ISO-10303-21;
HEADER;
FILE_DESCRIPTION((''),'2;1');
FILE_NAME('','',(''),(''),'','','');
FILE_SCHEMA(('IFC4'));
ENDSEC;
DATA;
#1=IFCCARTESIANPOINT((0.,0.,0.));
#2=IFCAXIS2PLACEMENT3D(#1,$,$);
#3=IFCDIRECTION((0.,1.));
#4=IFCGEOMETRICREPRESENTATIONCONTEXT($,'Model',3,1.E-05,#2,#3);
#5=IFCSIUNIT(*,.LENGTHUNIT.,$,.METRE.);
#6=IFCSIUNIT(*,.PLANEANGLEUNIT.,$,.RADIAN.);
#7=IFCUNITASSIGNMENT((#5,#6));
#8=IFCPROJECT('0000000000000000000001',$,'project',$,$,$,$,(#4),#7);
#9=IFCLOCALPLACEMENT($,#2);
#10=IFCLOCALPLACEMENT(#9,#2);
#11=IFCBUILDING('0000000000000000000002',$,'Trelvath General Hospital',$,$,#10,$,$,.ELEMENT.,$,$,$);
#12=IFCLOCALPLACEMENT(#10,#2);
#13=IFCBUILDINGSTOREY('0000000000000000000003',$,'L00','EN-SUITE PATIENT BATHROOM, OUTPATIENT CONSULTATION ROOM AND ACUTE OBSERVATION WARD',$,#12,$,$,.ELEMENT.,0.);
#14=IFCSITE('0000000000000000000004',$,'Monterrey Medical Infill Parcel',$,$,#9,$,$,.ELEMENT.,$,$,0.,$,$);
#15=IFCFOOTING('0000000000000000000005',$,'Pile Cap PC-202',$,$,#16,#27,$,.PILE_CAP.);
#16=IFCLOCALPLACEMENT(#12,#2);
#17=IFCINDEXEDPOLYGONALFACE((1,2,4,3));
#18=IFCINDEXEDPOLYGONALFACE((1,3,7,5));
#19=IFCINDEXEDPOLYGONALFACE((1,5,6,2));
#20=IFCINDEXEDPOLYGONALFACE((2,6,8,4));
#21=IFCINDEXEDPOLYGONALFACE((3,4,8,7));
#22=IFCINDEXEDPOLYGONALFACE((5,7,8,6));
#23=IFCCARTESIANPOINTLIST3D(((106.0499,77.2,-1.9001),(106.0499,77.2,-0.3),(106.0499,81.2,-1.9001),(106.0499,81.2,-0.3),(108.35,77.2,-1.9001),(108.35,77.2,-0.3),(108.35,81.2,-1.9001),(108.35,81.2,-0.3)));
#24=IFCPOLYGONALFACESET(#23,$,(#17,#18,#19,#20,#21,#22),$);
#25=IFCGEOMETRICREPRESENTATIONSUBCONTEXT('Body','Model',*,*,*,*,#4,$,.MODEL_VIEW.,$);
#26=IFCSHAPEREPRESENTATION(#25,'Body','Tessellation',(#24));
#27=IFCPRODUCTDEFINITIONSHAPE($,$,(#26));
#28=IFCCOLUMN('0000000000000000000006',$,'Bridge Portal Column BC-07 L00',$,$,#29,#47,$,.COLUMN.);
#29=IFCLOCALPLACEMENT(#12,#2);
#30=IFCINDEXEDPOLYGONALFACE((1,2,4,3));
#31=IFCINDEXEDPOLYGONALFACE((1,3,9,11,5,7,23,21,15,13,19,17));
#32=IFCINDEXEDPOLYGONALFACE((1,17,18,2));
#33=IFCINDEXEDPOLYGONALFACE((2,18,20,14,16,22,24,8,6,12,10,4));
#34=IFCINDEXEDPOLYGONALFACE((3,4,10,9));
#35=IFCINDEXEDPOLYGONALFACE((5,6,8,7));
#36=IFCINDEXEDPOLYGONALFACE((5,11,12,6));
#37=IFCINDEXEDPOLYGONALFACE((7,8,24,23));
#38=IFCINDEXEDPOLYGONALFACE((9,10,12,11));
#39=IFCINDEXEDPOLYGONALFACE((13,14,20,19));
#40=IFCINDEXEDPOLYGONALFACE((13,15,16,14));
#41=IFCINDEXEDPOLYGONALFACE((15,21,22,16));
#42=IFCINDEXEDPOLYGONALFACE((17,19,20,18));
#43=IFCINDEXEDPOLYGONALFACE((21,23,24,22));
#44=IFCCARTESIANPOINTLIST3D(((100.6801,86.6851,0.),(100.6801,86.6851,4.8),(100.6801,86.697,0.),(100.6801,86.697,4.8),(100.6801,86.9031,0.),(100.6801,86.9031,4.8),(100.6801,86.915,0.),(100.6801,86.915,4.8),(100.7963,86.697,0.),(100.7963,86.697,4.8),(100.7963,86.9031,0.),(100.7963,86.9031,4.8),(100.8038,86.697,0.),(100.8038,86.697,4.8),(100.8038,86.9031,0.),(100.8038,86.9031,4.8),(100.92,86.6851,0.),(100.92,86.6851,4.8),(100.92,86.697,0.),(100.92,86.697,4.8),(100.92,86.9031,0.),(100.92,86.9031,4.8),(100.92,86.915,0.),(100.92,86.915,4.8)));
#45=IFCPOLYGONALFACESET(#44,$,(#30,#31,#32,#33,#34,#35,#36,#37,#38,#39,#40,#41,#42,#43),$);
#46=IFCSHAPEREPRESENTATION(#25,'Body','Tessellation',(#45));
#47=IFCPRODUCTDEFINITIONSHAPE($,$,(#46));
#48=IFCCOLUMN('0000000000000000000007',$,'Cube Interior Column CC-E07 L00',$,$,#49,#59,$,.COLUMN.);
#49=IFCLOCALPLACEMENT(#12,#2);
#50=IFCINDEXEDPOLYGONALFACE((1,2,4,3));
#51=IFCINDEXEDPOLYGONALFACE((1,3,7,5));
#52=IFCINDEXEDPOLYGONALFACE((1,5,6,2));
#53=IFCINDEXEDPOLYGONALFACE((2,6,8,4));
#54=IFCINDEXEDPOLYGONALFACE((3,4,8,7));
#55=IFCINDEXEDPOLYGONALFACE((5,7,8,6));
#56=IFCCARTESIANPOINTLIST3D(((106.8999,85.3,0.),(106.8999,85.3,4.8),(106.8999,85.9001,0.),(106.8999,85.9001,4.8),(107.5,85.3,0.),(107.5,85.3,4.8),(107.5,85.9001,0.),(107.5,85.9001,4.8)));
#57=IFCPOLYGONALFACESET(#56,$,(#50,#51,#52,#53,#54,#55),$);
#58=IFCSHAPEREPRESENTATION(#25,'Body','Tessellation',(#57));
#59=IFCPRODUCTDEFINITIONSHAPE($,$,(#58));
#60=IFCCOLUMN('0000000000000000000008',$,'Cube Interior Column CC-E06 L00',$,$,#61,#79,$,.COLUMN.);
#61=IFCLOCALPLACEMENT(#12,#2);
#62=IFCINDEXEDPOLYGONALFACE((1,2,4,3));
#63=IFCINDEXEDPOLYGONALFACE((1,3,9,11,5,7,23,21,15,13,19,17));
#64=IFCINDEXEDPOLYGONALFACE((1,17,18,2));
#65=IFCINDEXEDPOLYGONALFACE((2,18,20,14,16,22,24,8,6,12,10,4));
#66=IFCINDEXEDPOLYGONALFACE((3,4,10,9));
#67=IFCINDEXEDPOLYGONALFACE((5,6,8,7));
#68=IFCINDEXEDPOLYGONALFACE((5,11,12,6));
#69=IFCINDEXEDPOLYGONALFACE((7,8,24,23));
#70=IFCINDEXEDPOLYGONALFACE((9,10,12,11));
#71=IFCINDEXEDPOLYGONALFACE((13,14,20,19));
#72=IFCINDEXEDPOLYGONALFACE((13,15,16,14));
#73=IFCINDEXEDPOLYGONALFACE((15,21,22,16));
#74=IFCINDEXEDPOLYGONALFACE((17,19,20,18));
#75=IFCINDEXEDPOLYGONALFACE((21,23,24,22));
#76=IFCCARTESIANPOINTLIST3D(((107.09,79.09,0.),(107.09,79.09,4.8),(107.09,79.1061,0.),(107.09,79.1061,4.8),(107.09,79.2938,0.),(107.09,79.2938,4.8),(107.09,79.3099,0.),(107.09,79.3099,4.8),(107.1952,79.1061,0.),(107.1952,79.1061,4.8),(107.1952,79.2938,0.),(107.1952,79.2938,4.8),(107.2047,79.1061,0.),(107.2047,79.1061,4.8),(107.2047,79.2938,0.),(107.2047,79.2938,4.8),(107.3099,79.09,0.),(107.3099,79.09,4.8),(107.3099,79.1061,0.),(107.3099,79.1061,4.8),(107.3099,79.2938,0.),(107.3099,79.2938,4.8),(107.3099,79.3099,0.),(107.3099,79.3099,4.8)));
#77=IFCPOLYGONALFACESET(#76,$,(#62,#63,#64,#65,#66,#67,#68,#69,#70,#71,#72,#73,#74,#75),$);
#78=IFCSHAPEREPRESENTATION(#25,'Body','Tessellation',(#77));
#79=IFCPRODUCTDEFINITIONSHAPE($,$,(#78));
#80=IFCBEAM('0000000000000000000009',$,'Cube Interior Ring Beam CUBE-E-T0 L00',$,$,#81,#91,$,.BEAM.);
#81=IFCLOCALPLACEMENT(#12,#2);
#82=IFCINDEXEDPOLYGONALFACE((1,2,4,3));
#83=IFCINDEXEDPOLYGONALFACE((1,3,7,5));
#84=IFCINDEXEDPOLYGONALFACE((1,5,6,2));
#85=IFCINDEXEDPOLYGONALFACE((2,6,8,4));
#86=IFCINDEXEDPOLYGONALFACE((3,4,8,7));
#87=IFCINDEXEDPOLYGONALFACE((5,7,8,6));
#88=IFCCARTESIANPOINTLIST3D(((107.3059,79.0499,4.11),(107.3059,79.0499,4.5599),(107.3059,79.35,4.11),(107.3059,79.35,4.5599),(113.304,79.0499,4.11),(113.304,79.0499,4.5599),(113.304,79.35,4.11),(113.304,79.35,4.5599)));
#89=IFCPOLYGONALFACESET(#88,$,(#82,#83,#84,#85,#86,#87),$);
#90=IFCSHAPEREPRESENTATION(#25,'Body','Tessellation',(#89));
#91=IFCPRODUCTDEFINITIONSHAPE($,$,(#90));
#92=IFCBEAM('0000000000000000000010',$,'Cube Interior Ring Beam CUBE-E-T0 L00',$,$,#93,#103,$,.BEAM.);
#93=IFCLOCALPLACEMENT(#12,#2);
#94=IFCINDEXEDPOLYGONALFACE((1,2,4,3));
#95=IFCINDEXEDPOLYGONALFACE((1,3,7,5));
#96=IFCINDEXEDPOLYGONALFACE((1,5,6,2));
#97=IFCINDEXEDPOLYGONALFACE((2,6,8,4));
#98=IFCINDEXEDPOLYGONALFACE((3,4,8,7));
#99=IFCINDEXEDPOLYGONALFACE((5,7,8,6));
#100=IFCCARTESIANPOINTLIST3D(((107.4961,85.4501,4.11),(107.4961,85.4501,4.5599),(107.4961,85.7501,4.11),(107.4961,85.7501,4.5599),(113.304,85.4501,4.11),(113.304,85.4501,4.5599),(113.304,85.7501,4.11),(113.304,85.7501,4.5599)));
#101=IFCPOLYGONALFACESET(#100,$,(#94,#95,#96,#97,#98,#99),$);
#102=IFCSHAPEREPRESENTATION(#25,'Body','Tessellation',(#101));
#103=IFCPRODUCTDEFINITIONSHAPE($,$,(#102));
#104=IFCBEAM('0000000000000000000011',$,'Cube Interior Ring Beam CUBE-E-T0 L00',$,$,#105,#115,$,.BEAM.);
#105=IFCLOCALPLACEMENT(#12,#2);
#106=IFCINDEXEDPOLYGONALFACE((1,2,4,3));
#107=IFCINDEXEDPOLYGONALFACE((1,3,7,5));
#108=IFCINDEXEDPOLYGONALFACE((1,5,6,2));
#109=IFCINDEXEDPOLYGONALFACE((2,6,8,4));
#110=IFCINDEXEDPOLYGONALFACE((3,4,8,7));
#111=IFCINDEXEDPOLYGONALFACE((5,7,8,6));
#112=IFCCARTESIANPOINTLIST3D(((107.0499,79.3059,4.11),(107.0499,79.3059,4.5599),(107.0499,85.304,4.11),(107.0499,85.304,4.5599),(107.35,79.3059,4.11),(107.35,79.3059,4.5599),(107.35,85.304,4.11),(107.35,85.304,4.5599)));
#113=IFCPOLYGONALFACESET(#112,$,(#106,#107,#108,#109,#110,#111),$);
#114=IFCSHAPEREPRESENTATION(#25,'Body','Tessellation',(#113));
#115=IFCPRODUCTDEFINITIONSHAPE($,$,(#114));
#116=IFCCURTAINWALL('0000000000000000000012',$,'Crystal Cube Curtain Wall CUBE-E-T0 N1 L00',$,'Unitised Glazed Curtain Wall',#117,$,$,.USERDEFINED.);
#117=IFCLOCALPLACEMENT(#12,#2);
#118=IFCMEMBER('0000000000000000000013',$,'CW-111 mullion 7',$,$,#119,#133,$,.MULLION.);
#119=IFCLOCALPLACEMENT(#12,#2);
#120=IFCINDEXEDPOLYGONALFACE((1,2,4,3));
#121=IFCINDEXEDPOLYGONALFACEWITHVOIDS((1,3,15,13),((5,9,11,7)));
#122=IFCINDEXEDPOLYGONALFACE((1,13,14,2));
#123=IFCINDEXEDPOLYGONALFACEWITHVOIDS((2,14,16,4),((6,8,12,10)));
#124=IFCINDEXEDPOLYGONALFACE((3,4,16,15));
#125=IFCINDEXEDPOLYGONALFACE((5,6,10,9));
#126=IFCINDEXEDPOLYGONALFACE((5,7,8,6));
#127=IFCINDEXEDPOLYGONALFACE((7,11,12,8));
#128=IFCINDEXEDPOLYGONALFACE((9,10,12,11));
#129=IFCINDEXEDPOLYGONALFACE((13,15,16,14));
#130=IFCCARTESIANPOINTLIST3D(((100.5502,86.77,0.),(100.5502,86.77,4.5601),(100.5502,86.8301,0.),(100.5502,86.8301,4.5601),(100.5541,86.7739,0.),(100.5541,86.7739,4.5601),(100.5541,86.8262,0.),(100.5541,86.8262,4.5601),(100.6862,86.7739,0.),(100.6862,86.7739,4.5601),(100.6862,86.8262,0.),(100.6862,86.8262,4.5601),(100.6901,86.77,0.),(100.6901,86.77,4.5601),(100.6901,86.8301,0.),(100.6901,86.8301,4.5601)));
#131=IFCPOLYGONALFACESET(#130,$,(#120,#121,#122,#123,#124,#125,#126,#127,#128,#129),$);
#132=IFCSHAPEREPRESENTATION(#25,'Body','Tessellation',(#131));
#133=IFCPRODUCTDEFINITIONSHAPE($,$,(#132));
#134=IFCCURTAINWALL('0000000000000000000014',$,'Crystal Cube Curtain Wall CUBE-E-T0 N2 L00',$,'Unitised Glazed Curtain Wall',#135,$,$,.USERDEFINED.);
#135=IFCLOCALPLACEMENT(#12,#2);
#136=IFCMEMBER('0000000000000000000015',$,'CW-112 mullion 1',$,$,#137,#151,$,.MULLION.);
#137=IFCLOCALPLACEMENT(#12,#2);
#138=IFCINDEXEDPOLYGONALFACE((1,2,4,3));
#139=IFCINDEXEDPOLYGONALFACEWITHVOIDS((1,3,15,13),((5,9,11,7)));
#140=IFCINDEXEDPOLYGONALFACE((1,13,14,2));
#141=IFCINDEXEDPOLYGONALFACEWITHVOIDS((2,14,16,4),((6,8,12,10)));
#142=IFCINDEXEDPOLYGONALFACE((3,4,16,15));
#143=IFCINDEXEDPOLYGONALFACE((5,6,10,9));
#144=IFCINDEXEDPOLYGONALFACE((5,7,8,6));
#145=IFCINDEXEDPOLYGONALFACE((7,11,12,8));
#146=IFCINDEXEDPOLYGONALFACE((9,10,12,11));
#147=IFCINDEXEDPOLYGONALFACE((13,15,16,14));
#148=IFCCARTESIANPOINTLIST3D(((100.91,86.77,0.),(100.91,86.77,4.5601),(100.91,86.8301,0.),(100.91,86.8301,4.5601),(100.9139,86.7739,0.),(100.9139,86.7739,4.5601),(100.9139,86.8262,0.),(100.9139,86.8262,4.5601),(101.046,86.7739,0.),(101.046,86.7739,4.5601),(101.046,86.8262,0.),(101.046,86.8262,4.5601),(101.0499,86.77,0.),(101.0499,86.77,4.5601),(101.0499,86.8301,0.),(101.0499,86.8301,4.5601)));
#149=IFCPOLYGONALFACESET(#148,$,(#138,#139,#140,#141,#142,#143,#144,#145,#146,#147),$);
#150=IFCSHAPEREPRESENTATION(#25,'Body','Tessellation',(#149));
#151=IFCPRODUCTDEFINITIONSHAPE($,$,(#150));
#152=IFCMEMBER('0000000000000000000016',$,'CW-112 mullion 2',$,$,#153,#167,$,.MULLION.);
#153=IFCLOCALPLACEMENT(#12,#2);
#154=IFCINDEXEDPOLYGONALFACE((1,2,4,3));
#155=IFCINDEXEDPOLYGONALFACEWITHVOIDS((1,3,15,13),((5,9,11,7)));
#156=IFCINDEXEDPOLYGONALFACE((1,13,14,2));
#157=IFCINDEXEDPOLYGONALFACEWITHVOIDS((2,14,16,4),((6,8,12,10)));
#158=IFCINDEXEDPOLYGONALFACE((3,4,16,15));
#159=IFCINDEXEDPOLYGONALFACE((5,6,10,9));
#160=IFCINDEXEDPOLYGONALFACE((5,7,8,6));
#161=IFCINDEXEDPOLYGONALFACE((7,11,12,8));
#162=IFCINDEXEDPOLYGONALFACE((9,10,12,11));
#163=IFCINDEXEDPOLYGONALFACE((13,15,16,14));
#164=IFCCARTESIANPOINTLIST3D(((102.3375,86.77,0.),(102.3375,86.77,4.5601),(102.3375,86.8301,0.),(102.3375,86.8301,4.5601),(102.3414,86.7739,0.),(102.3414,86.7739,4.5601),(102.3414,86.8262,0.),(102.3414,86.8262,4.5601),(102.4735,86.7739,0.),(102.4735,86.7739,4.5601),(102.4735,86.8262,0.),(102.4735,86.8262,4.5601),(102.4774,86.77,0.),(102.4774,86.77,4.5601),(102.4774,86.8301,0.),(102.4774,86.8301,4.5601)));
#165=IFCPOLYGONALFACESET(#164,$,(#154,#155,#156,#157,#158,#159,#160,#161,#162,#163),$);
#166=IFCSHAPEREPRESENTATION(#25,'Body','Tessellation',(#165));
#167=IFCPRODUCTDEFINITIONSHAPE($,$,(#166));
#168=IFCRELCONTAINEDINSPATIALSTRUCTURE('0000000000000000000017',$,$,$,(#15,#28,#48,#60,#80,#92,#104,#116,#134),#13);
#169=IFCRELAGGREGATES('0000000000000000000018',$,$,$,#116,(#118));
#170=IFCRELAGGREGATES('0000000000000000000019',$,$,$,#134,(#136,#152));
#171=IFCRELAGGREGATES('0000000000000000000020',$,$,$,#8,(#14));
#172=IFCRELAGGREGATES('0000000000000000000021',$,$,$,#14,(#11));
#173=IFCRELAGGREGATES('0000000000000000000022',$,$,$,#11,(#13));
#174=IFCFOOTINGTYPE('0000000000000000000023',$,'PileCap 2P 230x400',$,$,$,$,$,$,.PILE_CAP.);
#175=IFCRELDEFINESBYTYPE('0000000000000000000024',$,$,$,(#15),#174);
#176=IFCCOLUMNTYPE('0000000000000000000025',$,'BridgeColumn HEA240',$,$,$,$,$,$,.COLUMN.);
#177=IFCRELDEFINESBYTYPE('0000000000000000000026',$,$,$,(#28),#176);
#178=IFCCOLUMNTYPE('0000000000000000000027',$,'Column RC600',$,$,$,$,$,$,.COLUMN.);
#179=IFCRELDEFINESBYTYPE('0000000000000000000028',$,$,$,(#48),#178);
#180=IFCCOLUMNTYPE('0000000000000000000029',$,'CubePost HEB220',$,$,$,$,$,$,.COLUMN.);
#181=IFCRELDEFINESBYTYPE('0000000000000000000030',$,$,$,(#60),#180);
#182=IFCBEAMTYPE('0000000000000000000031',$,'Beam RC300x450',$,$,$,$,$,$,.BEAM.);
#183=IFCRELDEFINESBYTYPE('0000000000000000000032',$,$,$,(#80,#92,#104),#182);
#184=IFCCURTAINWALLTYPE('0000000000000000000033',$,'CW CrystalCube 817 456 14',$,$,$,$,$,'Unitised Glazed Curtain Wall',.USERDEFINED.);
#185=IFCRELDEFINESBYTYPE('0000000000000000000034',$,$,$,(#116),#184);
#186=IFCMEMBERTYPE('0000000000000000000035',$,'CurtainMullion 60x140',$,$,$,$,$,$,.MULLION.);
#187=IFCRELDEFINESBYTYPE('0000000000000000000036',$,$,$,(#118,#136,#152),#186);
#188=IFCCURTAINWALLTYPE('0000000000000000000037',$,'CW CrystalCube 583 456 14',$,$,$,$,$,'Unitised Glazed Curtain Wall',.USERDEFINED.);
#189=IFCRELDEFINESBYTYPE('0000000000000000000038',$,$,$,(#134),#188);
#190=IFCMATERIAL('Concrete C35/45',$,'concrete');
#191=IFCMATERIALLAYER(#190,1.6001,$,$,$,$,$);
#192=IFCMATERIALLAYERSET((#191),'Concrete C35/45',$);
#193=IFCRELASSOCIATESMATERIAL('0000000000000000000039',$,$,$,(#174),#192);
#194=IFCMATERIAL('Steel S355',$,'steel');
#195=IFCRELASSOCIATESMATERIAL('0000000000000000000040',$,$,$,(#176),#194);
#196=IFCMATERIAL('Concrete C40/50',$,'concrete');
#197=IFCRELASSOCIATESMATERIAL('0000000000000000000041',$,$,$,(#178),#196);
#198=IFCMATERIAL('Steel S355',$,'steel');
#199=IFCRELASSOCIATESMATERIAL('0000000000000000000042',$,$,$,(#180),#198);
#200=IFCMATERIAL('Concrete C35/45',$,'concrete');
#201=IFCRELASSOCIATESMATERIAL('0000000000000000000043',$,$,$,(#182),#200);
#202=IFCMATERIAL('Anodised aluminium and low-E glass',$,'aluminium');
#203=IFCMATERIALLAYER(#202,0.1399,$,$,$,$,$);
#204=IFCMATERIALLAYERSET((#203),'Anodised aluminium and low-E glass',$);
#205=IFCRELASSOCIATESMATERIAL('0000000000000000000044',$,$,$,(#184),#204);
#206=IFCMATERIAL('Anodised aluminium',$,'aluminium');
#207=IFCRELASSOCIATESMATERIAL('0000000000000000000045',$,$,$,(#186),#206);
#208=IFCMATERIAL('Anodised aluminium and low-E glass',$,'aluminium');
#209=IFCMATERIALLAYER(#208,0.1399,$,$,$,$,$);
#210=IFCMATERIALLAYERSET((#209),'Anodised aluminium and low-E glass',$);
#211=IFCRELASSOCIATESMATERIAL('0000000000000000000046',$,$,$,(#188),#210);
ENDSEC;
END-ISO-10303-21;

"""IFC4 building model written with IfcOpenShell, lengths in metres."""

from ifc_helpers import new_model, si_unit, direction, frame, origin, origin_2d, place, context, subcontext, project, spatial, rectangle, hollow_rectangle, i_section, extrude, material, layer, layer_set, material_profile, profile_set, type_object, element, aggregate, save


model = new_model("IFC4")

# Units and contexts
model_context = context("Model", 3, precision=1e-05, world=origin(), true_north=direction((0.0, 1.0)))
body_context = subcontext(model_context, "Body", "Model", "MODEL_VIEW")
ifc_project = project(units=[si_unit("LENGTHUNIT", "METRE"), si_unit("PLANEANGLEUNIT", "RADIAN")], contexts=[model_context])

# Site, building, storey
site_placement = place(None, origin())
site = spatial("IfcSite", under=ifc_project, at=site_placement, Name="Monterrey Medical Infill Parcel", CompositionType="ELEMENT", RefElevation=0.0)
building_placement = place(site_placement, origin())
building = spatial("IfcBuilding", under=site, at=building_placement, Name="Trelvath General Hospital", CompositionType="ELEMENT")
storey_placement = place(building_placement, origin())
storey = spatial("IfcBuildingStorey", under=building, at=storey_placement, Name="L00", Description="EN-SUITE PATIENT BATHROOM, OUTPATIENT CONSULTATION ROOM AND ACUTE OBSERVATION WARD", CompositionType="ELEMENT", Elevation=0.0)

# Footing
ifc_material_1 = material(Name="Concrete C35/45", Category="concrete")
ifc_layer_1 = layer(ifc_material_1, 1.6001)
ifc_layer_set_1 = layer_set([ifc_layer_1], Name="Concrete C35/45")
footing_type = type_object("IfcFootingType", Name="PileCap 2P 230x400", PredefinedType="PILE_CAP", material=ifc_layer_set_1)
for number, where, z_axis, x_axis, name in (
    (1, (107.2, 79.2, -1.9001), (0.0, 0.0, 1.0), (1.0, 0.0, 0.0), "Pile Cap PC-202"),
):
    element("IfcFooting", number, at=place(storey_placement, frame(where, z_axis=z_axis, x_axis=x_axis)), inside=storey, type_object=footing_type, Name=name, PredefinedType="PILE_CAP", context=body_context, shape_type="SweptSolid", body=[
        extrude(rectangle(XDim=2.3, YDim=4.0, at=origin_2d()), origin(), (0.0, 0.0, 1.0), 1.6001),
    ])

# Columns
ifc_material_2 = material(Name="Steel S355", Category="steel")
ifc_material_profile_1 = material_profile(ifc_material_2, i_section(OverallWidth=0.24, OverallDepth=0.23, WebThickness=0.0076, FlangeThickness=0.012, at=origin_2d()), Name="HEA240")
ifc_profile_set_1 = profile_set([ifc_material_profile_1], Name="Steel S355")
column_type_1 = type_object("IfcColumnType", Name="BridgeColumn HEA240", PredefinedType="COLUMN", material=ifc_profile_set_1)
column_1_placement = place(storey_placement, frame((100.8, 86.8, 0.0), z_axis=(0.0, 0.0, 1.0), x_axis=(1.0, 0.0, 0.0)))
element("IfcColumn", 2, at=column_1_placement, inside=storey, type_object=column_type_1, Name="Bridge Portal Column BC-07 L00", PredefinedType="COLUMN", context=body_context, shape_type="SweptSolid", body=[
    extrude(i_section(OverallWidth=0.24, OverallDepth=0.23, WebThickness=0.0076, FlangeThickness=0.012, at=origin_2d()), origin(), (0.0, 0.0, 1.0), 4.8),
])
ifc_material_3 = material(Name="Concrete C40/50", Category="concrete")
ifc_material_profile_2 = material_profile(ifc_material_3, rectangle(XDim=0.6001, YDim=0.6001, at=origin_2d()), Name="RC600x600")
ifc_profile_set_2 = profile_set([ifc_material_profile_2], Name="Concrete C40/50")
column_type_2 = type_object("IfcColumnType", Name="Column RC600", PredefinedType="COLUMN", material=ifc_profile_set_2)
column_2_placement = place(storey_placement, frame((107.2, 85.6001, 0.0), z_axis=(0.0, 0.0, 1.0), x_axis=(1.0, 0.0, 0.0)))
element("IfcColumn", 3, at=column_2_placement, inside=storey, type_object=column_type_2, Name="Cube Interior Column CC-E07 L00", PredefinedType="COLUMN", context=body_context, shape_type="SweptSolid", body=[
    extrude(rectangle(XDim=0.6001, YDim=0.6001, at=origin_2d()), origin(), (0.0, 0.0, 1.0), 4.8),
])
ifc_material_4 = material(Name="Steel S355", Category="steel")
ifc_material_profile_3 = material_profile(ifc_material_4, i_section(OverallWidth=0.22, OverallDepth=0.22, WebThickness=0.0095, FlangeThickness=0.0161, at=origin_2d()), Name="HEB220")
ifc_profile_set_3 = profile_set([ifc_material_profile_3], Name="Steel S355")
column_type_3 = type_object("IfcColumnType", Name="CubePost HEB220", PredefinedType="COLUMN", material=ifc_profile_set_3)
column_3_placement = place(storey_placement, frame((107.2, 79.2, 0.0), z_axis=(0.0, 0.0, 1.0), x_axis=(1.0, 0.0, 0.0)))
element("IfcColumn", 4, at=column_3_placement, inside=storey, type_object=column_type_3, Name="Cube Interior Column CC-E06 L00", PredefinedType="COLUMN", context=body_context, shape_type="SweptSolid", body=[
    extrude(i_section(OverallWidth=0.22, OverallDepth=0.22, WebThickness=0.0095, FlangeThickness=0.0161, at=origin_2d()), origin(), (0.0, 0.0, 1.0), 4.8),
])

# Beams
ifc_material_5 = material(Name="Concrete C35/45", Category="concrete")
ifc_material_profile_4 = material_profile(ifc_material_5, rectangle(XDim=0.3, YDim=0.45, at=origin_2d()), Name="RCB300x450")
ifc_profile_set_4 = profile_set([ifc_material_profile_4], Name="Concrete C35/45")
beam_type = type_object("IfcBeamType", Name="Beam RC300x450", PredefinedType="BEAM", material=ifc_profile_set_4)
beam_1_placement = place(storey_placement, frame((107.3059, 79.2, 4.335), z_axis=(1.0, 0.0, 0.0), x_axis=(0.0, 1.0, 0.0)))
element("IfcBeam", 5, at=beam_1_placement, inside=storey, type_object=beam_type, Name="Cube Interior Ring Beam CUBE-E-T0 L00", PredefinedType="BEAM", context=body_context, shape_type="SweptSolid", body=[
    extrude(rectangle(XDim=0.3, YDim=0.45, at=origin_2d()), origin(), (0.0, 0.0, 1.0), 5.998),
])
beam_2_placement = place(storey_placement, frame((107.4961, 85.6001, 4.335), z_axis=(1.0, 0.0, 0.0), x_axis=(0.0, 1.0, 0.0)))
element("IfcBeam", 6, at=beam_2_placement, inside=storey, type_object=beam_type, Name="Cube Interior Ring Beam CUBE-E-T0 L00", PredefinedType="BEAM", context=body_context, shape_type="SweptSolid", body=[
    extrude(rectangle(XDim=0.3, YDim=0.45, at=origin_2d()), origin(), (0.0, 0.0, 1.0), 5.8079),
])
beam_3_placement = place(storey_placement, frame((107.2, 79.3059, 4.335), z_axis=(0.0, 1.0, 0.0), x_axis=(-1.0, 0.0, 0.0)))
element("IfcBeam", 7, at=beam_3_placement, inside=storey, type_object=beam_type, Name="Cube Interior Ring Beam CUBE-E-T0 L00", PredefinedType="BEAM", context=body_context, shape_type="SweptSolid", body=[
    extrude(rectangle(XDim=0.3, YDim=0.45, at=origin_2d()), origin(), (0.0, 0.0, 1.0), 5.998),
])

# Curtain wall, member
ifc_material_6 = material(Name="Anodised aluminium and low-E glass", Category="aluminium")
ifc_layer_2 = layer(ifc_material_6, 0.1399)
ifc_layer_set_2 = layer_set([ifc_layer_2], Name="Anodised aluminium and low-E glass")
curtain_wall_type_1 = type_object("IfcCurtainWallType", Name="CW CrystalCube 817 456 14", ElementType="Unitised Glazed Curtain Wall", PredefinedType="USERDEFINED", material=ifc_layer_set_2)
curtain_wall_1_placement = place(storey_placement, origin())
curtain_wall_1 = element("IfcCurtainWall", 8, at=curtain_wall_1_placement, inside=storey, type_object=curtain_wall_type_1, Name="Crystal Cube Curtain Wall CUBE-E-T0 N1 L00", ObjectType="Unitised Glazed Curtain Wall", PredefinedType="USERDEFINED")
ifc_material_7 = material(Name="Anodised aluminium", Category="aluminium")
ifc_material_profile_5 = material_profile(ifc_material_7, hollow_rectangle(XDim=0.0601, YDim=0.1399, WallThickness=0.0039, at=origin_2d()), Name="RHS60x140x4")
ifc_profile_set_5 = profile_set([ifc_material_profile_5], Name="Anodised aluminium")
member_type_1 = type_object("IfcMemberType", Name="CurtainMullion 60x140", PredefinedType="MULLION", material=ifc_profile_set_5)
member_1_placement = place(storey_placement, frame((100.6201, 86.8, 0.0), z_axis=(0.0, 0.0, 1.0), x_axis=(0.0, 1.0, 0.0)))
member_1 = element("IfcMember", 9, at=member_1_placement, type_object=member_type_1, Name="CW-111 mullion 7", PredefinedType="MULLION", context=body_context, shape_type="SweptSolid", body=[
    extrude(hollow_rectangle(XDim=0.0601, YDim=0.1399, WallThickness=0.0039, at=origin_2d()), origin(), (0.0, 0.0, 1.0), 4.5601),
])
aggregate(curtain_wall_1, [member_1])

# Curtain wall, members
ifc_material_8 = material(Name="Anodised aluminium and low-E glass", Category="aluminium")
ifc_layer_3 = layer(ifc_material_8, 0.1399)
ifc_layer_set_3 = layer_set([ifc_layer_3], Name="Anodised aluminium and low-E glass")
curtain_wall_type_2 = type_object("IfcCurtainWallType", Name="CW CrystalCube 583 456 14", ElementType="Unitised Glazed Curtain Wall", PredefinedType="USERDEFINED", material=ifc_layer_set_3)
curtain_wall_2_placement = place(storey_placement, origin())
curtain_wall_2 = element("IfcCurtainWall", 10, at=curtain_wall_2_placement, inside=storey, type_object=curtain_wall_type_2, Name="Crystal Cube Curtain Wall CUBE-E-T0 N2 L00", ObjectType="Unitised Glazed Curtain Wall", PredefinedType="USERDEFINED")
member_2_placement = place(storey_placement, frame((100.98, 86.8, 0.0), z_axis=(0.0, 0.0, 1.0), x_axis=(0.0, 1.0, 0.0)))
member_2 = element("IfcMember", 11, at=member_2_placement, type_object=member_type_1, Name="CW-112 mullion 1", PredefinedType="MULLION", context=body_context, shape_type="SweptSolid", body=[
    extrude(hollow_rectangle(XDim=0.0601, YDim=0.1399, WallThickness=0.0039, at=origin_2d()), origin(), (0.0, 0.0, 1.0), 4.5601),
])
member_3_placement = place(storey_placement, frame((102.4075, 86.8, 0.0), z_axis=(0.0, 0.0, 1.0), x_axis=(0.0, 1.0, 0.0)))
member_3 = element("IfcMember", 12, at=member_3_placement, type_object=member_type_1, Name="CW-112 mullion 2", PredefinedType="MULLION", context=body_context, shape_type="SweptSolid", body=[
    extrude(hollow_rectangle(XDim=0.0601, YDim=0.1399, WallThickness=0.0039, at=origin_2d()), origin(), (0.0, 0.0, 1.0), 4.5601),
])
aggregate(curtain_wall_2, [member_2, member_3])

save(model, "model.ifc")
